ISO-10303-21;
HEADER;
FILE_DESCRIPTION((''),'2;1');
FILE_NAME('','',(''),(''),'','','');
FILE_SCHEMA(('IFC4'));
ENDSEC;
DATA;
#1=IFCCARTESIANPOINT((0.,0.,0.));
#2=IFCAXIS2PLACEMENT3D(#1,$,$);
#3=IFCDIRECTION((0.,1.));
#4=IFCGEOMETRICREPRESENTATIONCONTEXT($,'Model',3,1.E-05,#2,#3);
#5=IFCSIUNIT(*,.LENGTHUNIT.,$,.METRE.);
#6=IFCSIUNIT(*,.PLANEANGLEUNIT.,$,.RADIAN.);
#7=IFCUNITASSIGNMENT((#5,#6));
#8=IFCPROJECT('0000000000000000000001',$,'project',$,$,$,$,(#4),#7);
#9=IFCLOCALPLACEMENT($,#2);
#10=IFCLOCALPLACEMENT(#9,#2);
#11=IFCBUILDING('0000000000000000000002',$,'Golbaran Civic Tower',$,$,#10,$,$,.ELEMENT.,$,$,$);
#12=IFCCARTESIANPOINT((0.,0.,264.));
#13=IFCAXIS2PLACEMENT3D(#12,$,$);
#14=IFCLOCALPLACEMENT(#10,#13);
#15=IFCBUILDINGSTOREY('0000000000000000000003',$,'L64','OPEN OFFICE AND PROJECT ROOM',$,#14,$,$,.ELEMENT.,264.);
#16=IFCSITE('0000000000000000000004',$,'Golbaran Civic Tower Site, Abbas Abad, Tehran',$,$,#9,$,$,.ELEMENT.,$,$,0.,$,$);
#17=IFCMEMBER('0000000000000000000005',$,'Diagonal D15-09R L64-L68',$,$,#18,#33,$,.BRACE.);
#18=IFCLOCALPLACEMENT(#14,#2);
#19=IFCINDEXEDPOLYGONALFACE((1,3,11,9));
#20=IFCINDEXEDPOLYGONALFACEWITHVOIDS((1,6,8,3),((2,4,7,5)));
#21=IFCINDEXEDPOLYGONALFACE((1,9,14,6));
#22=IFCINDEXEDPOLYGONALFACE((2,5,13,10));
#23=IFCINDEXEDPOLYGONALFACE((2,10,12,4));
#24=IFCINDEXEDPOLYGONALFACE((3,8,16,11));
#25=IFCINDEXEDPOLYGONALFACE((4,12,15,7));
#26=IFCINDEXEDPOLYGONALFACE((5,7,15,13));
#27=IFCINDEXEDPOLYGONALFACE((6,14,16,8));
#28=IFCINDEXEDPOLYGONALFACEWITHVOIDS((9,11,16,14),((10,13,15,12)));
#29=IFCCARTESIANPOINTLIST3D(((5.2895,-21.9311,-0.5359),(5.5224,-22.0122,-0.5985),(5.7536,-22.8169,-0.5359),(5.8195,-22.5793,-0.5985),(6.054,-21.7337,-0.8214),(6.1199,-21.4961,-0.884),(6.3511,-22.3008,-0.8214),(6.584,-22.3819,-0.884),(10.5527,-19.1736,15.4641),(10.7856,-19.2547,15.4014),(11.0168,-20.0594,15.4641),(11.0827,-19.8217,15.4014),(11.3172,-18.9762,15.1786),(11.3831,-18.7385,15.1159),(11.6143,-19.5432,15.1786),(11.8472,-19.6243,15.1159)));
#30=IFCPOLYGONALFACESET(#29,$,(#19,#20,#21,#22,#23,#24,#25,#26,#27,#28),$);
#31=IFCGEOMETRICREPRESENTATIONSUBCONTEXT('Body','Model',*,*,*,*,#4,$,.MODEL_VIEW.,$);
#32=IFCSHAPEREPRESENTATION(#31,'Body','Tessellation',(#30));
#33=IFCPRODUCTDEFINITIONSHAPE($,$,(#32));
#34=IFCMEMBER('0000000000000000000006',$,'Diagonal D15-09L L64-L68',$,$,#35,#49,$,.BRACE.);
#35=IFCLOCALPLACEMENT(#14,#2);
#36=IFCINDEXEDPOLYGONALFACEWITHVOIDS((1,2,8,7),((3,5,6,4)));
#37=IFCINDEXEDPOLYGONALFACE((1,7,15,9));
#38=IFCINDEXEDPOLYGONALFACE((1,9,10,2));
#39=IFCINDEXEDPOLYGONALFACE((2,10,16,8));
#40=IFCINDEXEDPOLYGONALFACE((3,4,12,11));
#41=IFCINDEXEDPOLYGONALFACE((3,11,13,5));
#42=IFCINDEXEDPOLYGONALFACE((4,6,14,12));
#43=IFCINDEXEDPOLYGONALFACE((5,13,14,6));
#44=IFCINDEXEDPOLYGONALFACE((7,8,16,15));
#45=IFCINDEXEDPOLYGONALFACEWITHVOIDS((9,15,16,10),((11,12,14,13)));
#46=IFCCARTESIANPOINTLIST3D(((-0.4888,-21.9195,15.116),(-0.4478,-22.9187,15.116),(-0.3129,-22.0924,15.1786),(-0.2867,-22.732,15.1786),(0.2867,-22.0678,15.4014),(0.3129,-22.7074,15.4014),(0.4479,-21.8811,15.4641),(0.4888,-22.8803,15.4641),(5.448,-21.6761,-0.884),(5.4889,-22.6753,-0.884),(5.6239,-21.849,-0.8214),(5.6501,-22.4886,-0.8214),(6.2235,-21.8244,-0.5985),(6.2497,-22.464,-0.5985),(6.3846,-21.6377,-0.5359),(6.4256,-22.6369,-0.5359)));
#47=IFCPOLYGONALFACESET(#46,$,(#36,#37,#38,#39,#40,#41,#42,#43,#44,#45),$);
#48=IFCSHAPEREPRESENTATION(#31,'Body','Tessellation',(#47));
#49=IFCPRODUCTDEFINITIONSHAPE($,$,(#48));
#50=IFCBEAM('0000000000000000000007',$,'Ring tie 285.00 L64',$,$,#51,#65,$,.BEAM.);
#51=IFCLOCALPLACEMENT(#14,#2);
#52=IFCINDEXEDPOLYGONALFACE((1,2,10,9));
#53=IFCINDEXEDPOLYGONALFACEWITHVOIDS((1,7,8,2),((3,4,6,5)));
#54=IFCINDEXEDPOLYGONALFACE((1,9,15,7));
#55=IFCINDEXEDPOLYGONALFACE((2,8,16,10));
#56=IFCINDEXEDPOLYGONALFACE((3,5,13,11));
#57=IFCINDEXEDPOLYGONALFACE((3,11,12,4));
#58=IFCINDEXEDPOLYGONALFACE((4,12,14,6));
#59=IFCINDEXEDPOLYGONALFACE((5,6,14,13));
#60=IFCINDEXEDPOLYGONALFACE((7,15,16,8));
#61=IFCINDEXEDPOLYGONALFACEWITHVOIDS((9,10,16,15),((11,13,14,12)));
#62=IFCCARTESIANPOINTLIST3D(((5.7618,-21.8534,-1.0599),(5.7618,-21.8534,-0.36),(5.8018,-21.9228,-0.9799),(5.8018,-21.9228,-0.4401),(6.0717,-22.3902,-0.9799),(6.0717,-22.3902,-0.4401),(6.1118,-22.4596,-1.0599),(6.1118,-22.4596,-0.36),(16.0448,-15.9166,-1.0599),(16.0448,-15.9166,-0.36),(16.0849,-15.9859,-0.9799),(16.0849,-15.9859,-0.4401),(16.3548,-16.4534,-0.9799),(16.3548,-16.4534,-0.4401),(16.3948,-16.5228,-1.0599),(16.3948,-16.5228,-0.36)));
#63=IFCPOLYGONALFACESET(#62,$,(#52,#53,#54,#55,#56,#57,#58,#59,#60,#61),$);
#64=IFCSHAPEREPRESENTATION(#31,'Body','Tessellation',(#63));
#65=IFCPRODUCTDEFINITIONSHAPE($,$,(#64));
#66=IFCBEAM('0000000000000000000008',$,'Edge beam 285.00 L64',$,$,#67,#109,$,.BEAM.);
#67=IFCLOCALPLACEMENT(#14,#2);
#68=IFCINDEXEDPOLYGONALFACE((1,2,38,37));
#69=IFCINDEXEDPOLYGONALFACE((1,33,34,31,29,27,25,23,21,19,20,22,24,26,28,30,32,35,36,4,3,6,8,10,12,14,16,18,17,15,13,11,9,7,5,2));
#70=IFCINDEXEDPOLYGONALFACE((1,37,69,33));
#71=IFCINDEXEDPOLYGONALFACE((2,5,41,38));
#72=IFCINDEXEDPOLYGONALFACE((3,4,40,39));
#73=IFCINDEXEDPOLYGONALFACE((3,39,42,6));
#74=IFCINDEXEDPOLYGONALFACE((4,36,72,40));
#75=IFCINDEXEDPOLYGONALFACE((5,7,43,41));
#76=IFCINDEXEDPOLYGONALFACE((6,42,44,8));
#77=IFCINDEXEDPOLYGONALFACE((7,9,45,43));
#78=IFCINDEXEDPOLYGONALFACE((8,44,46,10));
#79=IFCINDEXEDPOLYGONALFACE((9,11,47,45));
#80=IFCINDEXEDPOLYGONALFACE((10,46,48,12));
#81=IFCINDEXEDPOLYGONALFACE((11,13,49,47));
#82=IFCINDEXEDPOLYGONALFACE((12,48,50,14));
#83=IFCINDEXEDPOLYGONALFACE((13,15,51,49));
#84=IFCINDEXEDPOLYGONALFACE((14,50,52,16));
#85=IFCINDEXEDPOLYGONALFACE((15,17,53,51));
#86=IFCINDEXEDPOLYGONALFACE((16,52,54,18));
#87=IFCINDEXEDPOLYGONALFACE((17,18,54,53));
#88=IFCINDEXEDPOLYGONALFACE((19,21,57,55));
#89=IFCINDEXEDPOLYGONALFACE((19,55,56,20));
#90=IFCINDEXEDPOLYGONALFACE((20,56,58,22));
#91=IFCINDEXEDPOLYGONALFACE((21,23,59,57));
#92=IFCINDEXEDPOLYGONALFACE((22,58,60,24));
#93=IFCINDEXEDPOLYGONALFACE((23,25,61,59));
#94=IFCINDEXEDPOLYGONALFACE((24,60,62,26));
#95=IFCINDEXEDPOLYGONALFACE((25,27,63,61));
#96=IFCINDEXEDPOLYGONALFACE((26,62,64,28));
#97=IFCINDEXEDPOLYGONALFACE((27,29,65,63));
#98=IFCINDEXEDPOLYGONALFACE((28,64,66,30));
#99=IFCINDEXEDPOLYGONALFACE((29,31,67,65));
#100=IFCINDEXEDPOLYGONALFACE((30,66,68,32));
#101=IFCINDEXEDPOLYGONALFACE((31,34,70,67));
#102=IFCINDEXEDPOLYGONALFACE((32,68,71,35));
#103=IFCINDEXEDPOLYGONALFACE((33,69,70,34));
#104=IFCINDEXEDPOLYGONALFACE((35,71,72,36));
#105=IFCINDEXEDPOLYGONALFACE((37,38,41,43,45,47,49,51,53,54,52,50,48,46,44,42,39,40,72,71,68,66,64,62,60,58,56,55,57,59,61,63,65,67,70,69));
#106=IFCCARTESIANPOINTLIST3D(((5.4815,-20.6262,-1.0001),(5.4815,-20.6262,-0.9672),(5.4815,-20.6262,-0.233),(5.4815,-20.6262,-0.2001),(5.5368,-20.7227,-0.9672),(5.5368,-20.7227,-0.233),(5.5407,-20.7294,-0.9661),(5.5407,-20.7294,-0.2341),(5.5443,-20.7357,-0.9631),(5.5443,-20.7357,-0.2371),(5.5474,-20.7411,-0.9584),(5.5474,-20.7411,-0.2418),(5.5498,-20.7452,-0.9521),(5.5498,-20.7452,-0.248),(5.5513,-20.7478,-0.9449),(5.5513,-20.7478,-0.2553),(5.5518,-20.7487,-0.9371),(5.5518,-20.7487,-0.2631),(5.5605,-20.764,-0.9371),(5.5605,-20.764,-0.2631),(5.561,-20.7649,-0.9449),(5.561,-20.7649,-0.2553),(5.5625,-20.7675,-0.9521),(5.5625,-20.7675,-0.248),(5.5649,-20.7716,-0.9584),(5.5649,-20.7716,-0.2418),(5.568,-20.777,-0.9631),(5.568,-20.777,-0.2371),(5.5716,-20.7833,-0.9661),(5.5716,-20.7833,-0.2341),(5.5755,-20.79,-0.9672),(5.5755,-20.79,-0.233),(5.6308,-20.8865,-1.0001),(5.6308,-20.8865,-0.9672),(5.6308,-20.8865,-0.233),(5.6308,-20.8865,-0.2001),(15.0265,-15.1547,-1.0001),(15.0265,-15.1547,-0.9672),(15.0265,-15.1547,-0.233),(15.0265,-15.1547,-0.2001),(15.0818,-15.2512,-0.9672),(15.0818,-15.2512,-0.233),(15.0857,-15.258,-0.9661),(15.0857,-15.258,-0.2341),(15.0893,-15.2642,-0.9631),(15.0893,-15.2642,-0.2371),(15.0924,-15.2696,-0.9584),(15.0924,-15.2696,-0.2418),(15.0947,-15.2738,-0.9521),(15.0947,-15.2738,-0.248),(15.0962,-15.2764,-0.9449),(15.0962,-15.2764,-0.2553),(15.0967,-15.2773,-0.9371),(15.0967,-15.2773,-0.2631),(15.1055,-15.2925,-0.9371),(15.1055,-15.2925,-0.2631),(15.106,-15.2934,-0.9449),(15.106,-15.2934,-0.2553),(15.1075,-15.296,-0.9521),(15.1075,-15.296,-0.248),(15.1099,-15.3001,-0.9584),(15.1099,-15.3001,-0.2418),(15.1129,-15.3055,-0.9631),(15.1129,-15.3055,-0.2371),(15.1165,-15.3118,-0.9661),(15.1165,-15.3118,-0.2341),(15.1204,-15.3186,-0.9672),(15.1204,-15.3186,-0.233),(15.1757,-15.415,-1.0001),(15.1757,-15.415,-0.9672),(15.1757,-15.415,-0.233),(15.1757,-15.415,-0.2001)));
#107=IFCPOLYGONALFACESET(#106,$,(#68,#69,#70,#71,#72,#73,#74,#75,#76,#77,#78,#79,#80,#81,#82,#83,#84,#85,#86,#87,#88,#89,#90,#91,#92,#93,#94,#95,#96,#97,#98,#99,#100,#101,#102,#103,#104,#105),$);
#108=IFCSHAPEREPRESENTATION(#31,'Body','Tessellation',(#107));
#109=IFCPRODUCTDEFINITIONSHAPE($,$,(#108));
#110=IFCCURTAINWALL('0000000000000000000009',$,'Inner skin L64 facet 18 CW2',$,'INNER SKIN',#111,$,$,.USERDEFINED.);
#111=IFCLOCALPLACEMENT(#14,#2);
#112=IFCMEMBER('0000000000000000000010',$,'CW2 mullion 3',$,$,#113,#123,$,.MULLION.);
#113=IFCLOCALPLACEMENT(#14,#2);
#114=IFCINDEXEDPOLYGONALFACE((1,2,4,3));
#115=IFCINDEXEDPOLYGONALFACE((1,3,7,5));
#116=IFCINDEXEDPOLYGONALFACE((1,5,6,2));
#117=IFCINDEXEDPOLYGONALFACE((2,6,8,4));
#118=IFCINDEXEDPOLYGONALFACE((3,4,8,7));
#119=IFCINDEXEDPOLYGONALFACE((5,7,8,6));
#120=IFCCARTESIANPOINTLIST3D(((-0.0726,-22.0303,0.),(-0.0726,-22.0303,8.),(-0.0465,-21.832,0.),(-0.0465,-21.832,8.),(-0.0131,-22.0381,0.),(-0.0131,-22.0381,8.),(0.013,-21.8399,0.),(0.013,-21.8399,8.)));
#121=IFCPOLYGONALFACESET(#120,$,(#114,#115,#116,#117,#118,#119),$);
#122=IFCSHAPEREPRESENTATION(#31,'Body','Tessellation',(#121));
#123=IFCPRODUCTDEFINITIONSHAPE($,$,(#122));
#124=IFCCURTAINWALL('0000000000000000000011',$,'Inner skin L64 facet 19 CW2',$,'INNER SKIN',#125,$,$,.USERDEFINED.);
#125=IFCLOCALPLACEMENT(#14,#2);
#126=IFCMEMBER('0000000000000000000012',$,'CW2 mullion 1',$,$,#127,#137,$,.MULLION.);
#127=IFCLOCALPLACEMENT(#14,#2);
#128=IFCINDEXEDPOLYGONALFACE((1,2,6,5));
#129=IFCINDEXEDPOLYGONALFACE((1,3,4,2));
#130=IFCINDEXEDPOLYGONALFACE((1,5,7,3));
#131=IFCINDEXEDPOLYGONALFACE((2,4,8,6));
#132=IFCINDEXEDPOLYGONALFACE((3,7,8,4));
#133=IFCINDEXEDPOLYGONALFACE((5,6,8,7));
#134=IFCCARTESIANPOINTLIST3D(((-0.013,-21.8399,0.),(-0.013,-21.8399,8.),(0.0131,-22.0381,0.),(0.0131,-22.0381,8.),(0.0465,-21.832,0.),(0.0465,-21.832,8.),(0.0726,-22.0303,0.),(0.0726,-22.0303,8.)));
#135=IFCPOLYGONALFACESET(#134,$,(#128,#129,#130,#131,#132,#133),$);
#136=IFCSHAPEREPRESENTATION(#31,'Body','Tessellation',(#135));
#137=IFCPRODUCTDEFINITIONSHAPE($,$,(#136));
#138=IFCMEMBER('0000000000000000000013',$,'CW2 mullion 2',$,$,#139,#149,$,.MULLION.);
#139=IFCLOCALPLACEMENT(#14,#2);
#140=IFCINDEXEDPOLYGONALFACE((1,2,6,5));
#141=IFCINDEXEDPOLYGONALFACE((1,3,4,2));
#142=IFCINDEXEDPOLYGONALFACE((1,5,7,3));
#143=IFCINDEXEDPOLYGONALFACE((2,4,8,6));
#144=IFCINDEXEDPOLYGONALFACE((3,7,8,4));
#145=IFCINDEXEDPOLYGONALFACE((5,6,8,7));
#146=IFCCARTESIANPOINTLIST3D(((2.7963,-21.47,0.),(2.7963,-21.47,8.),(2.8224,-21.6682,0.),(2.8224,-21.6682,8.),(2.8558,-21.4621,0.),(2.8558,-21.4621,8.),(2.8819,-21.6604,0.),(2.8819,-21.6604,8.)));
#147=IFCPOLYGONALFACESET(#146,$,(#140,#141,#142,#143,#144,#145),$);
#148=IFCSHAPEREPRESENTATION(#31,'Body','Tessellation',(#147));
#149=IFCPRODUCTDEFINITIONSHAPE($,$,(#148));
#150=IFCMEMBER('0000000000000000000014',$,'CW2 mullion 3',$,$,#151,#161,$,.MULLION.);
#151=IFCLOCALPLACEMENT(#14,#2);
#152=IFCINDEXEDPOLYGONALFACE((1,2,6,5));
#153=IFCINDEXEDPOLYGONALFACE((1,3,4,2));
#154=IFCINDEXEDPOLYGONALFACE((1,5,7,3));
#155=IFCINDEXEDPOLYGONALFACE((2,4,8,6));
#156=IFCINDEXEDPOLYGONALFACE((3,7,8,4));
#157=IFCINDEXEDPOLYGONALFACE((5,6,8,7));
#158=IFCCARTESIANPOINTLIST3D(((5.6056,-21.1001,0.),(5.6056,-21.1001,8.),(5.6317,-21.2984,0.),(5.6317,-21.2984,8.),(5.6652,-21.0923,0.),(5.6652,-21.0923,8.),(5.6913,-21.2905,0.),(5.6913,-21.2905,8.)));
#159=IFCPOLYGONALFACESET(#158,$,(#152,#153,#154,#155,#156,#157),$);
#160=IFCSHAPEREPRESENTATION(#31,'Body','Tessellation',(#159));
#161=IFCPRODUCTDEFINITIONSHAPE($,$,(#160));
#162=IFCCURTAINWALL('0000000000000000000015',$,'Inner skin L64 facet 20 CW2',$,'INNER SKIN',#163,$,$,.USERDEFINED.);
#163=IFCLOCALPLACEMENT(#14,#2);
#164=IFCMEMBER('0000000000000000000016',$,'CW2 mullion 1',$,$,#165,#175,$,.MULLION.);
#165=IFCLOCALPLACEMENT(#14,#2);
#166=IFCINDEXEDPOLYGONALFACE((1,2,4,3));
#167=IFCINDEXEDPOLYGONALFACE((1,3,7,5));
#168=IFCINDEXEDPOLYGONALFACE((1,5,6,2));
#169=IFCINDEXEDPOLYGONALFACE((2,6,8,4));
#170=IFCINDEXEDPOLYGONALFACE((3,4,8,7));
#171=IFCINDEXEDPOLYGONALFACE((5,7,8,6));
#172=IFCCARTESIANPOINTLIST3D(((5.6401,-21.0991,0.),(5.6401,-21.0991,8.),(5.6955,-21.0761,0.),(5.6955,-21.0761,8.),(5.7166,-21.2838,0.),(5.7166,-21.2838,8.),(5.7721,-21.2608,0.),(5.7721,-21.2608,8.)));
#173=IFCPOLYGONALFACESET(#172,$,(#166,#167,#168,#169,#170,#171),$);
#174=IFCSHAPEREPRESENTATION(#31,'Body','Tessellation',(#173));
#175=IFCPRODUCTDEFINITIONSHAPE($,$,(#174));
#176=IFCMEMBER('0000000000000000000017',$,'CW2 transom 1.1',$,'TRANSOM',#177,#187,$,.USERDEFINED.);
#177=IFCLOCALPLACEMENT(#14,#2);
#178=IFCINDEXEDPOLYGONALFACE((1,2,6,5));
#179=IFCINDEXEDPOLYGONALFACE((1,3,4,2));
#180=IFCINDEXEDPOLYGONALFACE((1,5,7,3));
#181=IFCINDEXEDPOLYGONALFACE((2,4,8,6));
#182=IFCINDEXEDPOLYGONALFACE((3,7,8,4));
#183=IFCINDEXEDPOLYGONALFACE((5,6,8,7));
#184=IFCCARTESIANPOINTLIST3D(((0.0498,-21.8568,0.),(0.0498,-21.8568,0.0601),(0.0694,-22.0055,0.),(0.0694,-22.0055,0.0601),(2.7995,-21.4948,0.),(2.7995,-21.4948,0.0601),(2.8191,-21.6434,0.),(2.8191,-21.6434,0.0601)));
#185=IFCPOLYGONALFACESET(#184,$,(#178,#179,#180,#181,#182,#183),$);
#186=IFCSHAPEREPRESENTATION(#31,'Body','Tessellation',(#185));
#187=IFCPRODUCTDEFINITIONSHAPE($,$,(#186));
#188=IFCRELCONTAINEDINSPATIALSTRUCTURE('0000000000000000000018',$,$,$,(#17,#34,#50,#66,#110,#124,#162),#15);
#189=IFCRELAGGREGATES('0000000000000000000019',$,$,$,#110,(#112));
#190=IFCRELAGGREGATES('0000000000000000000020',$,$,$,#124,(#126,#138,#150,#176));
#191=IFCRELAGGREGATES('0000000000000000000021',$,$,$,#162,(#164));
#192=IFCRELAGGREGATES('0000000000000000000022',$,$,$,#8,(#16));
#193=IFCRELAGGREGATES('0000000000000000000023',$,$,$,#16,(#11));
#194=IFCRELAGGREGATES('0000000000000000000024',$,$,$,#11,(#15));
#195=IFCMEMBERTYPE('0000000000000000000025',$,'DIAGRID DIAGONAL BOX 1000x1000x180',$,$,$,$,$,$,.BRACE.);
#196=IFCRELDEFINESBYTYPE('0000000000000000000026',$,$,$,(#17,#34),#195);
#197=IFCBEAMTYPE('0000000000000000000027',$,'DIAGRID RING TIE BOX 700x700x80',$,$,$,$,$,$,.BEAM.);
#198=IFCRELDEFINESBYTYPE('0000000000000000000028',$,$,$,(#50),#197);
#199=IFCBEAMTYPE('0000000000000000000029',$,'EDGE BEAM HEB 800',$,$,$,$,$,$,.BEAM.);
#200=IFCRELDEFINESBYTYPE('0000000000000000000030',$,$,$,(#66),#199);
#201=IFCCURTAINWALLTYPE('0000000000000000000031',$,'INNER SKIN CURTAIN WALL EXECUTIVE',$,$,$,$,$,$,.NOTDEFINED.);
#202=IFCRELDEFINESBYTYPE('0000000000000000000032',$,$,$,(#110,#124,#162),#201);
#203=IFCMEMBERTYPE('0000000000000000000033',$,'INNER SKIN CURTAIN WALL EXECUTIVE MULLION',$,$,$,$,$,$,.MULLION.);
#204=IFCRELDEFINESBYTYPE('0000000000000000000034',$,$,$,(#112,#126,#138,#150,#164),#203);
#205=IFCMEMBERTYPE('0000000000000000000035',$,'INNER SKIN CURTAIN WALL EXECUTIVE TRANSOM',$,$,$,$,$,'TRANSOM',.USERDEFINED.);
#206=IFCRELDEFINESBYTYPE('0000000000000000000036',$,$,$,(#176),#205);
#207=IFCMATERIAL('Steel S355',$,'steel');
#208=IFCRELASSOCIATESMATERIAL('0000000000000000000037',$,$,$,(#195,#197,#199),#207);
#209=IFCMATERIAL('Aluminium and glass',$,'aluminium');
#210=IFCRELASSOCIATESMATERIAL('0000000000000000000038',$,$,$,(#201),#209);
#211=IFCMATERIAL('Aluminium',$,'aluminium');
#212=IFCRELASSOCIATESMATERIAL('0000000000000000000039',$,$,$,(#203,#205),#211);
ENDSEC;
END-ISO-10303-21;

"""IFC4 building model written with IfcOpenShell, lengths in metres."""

from ifc_helpers import new_model, si_unit, direction, frame, origin, origin_2d, place, context, subcontext, project, spatial, rectangle, hollow_rectangle, i_section, extrude, material, material_profile, profile_set, type_object, element, aggregate, save


model = new_model("IFC4")

# Units and contexts
model_context = context("Model", 3, precision=1e-05, world=origin(), true_north=direction((0.0, 1.0)))
body_context = subcontext(model_context, "Body", "Model", "MODEL_VIEW")
ifc_project = project(units=[si_unit("LENGTHUNIT", "METRE"), si_unit("PLANEANGLEUNIT", "RADIAN")], contexts=[model_context])

# Site, building, storey
site_placement = place(None, origin())
site = spatial("IfcSite", under=ifc_project, at=site_placement, Name="Golbaran Civic Tower Site, Abbas Abad, Tehran", CompositionType="ELEMENT", RefElevation=0.0)
building_placement = place(site_placement, origin())
building = spatial("IfcBuilding", under=site, at=building_placement, Name="Golbaran Civic Tower", CompositionType="ELEMENT")
storey_placement = place(building_placement, frame((0.0, 0.0, 264.0)))
storey = spatial("IfcBuildingStorey", under=building, at=storey_placement, Name="L64", Description="OPEN OFFICE AND PROJECT ROOM", CompositionType="ELEMENT", Elevation=264.0)

# Members
ifc_material_1 = material(Name="Steel S355", Category="steel")
ifc_material_profile_1 = material_profile(ifc_material_1, hollow_rectangle(XDim=1.0, YDim=1.0, WallThickness=0.1799, at=origin_2d()), Name="BOX 1000x1000x180")
ifc_profile_set_1 = profile_set([ifc_material_profile_1], Name="Steel S355")
member_type_1 = type_object("IfcMemberType", Name="DIAGRID DIAGONAL BOX 1000x1000x180", PredefinedType="BRACE", material=ifc_profile_set_1)
for number, where, z_axis, x_axis, name in (
    (1, (5.9368, -22.1565, -0.71), (0.308372, 0.161567, 0.937445), (-0.464095, 0.885786, 0.0), "Diagonal D15-09R L64-L68"),
    (2, (5.9368, -22.1565, -0.71), (-0.347838, -0.014261, 0.937446), (0.040966, -0.999161, 0.0), "Diagonal D15-09L L64-L68"),
):
    element("IfcMember", number, at=place(storey_placement, frame(where, z_axis=z_axis, x_axis=x_axis)), inside=storey, type_object=member_type_1, Name=name, PredefinedType="BRACE", context=body_context, shape_type="SweptSolid", body=[
        extrude(hollow_rectangle(XDim=1.0, YDim=1.0, WallThickness=0.1799, at=origin_2d()), origin(), (0.0, 0.0, 1.0), 17.0676),
    ])

# Beams
ifc_material_profile_2 = material_profile(ifc_material_1, hollow_rectangle(XDim=0.7, YDim=0.7, WallThickness=0.0801, at=origin_2d()), Name="BOX 700x700x80")
ifc_profile_set_2 = profile_set([ifc_material_profile_2], Name="Steel S355")
beam_type_1 = type_object("IfcBeamType", Name="DIAGRID RING TIE BOX 700x700x80", PredefinedType="BEAM", material=ifc_profile_set_2)
beam_1_placement = place(storey_placement, frame((5.9368, -22.1565, -0.71), z_axis=(0.866029, 0.499994, 0.0), x_axis=(-0.499994, 0.866029, 0.0)))
element("IfcBeam", 3, at=beam_1_placement, inside=storey, type_object=beam_type_1, Name="Ring tie 285.00 L64", PredefinedType="BEAM", context=body_context, shape_type="SweptSolid", body=[
    extrude(hollow_rectangle(XDim=0.7, YDim=0.7, WallThickness=0.0801, at=origin_2d()), origin(), (0.0, 0.0, 1.0), 11.8738),
])
ifc_material_profile_3 = material_profile(ifc_material_1, i_section(OverallWidth=0.3, OverallDepth=0.8, WebThickness=0.0176, FlangeThickness=0.033, FilletRadius=0.03, at=origin_2d()), Name="HEB 800")
ifc_profile_set_3 = profile_set([ifc_material_profile_3], Name="Steel S355")
beam_type_2 = type_object("IfcBeamType", Name="EDGE BEAM HEB 800", PredefinedType="BEAM", material=ifc_profile_set_3)
beam_2_placement = place(storey_placement, frame((5.5562, -20.7563, -0.6001), z_axis=(0.867569, 0.497317, 0.0), x_axis=(-0.497317, 0.867569, 0.0)))
element("IfcBeam", 4, at=beam_2_placement, inside=storey, type_object=beam_type_2, Name="Edge beam 285.00 L64", PredefinedType="BEAM", context=body_context, shape_type="SweptSolid", body=[
    extrude(i_section(OverallWidth=0.3, OverallDepth=0.8, WebThickness=0.0176, FlangeThickness=0.033, FilletRadius=0.03, at=origin_2d()), origin(), (0.0, 0.0, 1.0), 11.002),
])

# Curtain wall, member
ifc_material_2 = material(Name="Aluminium and glass", Category="aluminium")
curtain_wall_type_1 = type_object("IfcCurtainWallType", Name="INNER SKIN CURTAIN WALL EXECUTIVE", PredefinedType="NOTDEFINED", material=ifc_material_2)
curtain_wall_1_placement = place(storey_placement, origin())
curtain_wall_1 = element("IfcCurtainWall", 5, at=curtain_wall_1_placement, inside=storey, type_object=curtain_wall_type_1, Name="Inner skin L64 facet 18 CW2", ObjectType="INNER SKIN", PredefinedType="USERDEFINED")
ifc_material_3 = material(Name="Aluminium", Category="aluminium")
ifc_material_profile_4 = material_profile(ifc_material_3, rectangle(XDim=0.2, YDim=0.0601, at=origin_2d()), Name="INNER SKIN CURTAIN WALL EXECUTIVE MULLION")
ifc_profile_set_4 = profile_set([ifc_material_profile_4], Name="Aluminium")
member_type_2 = type_object("IfcMemberType", Name="INNER SKIN CURTAIN WALL EXECUTIVE MULLION", PredefinedType="MULLION", material=ifc_profile_set_4)
member_1_placement = place(storey_placement, frame((-0.0298, -21.9351, 0.0), z_axis=(0.0, 0.0, 1.0), x_axis=(0.130526, 0.991445, 0.0)))
member_1 = element("IfcMember", 6, at=member_1_placement, type_object=member_type_2, Name="CW2 mullion 3", PredefinedType="MULLION", context=body_context, shape_type="SweptSolid", body=[
    extrude(rectangle(XDim=0.2, YDim=0.0601, at=origin_2d()), origin(), (0.0, 0.0, 1.0), 8.0),
])
aggregate(curtain_wall_1, [member_1])

# Curtain wall, members
curtain_wall_2_placement = place(storey_placement, origin())
curtain_wall_2 = element("IfcCurtainWall", 7, at=curtain_wall_2_placement, inside=storey, type_object=curtain_wall_type_1, Name="Inner skin L64 facet 19 CW2", ObjectType="INNER SKIN", PredefinedType="USERDEFINED")
member_2_placement = place(storey_placement, frame((0.0298, -21.9351, 0.0), z_axis=(0.0, 0.0, 1.0), x_axis=(-0.130526, 0.991445, 0.0)))
member_2 = element("IfcMember", 8, at=member_2_placement, type_object=member_type_2, Name="CW2 mullion 1", PredefinedType="MULLION", context=body_context, shape_type="SweptSolid", body=[
    extrude(rectangle(XDim=0.2, YDim=0.0601, at=origin_2d()), origin(), (0.0, 0.0, 1.0), 8.0),
])
member_3_placement = place(storey_placement, frame((2.8391, -21.5652, 0.0), z_axis=(0.0, 0.0, 1.0), x_axis=(-0.130526, 0.991445, 0.0)))
member_3 = element("IfcMember", 9, at=member_3_placement, type_object=member_type_2, Name="CW2 mullion 2", PredefinedType="MULLION", context=body_context, shape_type="SweptSolid", body=[
    extrude(rectangle(XDim=0.2, YDim=0.0601, at=origin_2d()), origin(), (0.0, 0.0, 1.0), 8.0),
])
member_4_placement = place(storey_placement, frame((5.6484, -21.1953, 0.0), z_axis=(0.0, 0.0, 1.0), x_axis=(-0.130526, 0.991445, 0.0)))
member_4 = element("IfcMember", 10, at=member_4_placement, type_object=member_type_2, Name="CW2 mullion 3", PredefinedType="MULLION", context=body_context, shape_type="SweptSolid", body=[
    extrude(rectangle(XDim=0.2, YDim=0.0601, at=origin_2d()), origin(), (0.0, 0.0, 1.0), 8.0),
])

# Curtain wall, member
curtain_wall_3_placement = place(storey_placement, origin())
curtain_wall_3 = element("IfcCurtainWall", 11, at=curtain_wall_3_placement, inside=storey, type_object=curtain_wall_type_1, Name="Inner skin L64 facet 20 CW2", ObjectType="INNER SKIN", PredefinedType="USERDEFINED")
member_5_placement = place(storey_placement, frame((5.7061, -21.1799, 0.0), z_axis=(0.0, 0.0, 1.0), x_axis=(-0.382683, 0.92388, 0.0)))
member_5 = element("IfcMember", 12, at=member_5_placement, type_object=member_type_2, Name="CW2 mullion 1", PredefinedType="MULLION", context=body_context, shape_type="SweptSolid", body=[
    extrude(rectangle(XDim=0.2, YDim=0.0601, at=origin_2d()), origin(), (0.0, 0.0, 1.0), 8.0),
])

# Member
ifc_material_profile_5 = material_profile(ifc_material_3, rectangle(XDim=0.1499, YDim=0.0601, at=origin_2d()), Name="INNER SKIN CURTAIN WALL EXECUTIVE TRANSOM")
ifc_profile_set_5 = profile_set([ifc_material_profile_5], Name="Aluminium")
member_type_3 = type_object("IfcMemberType", Name="INNER SKIN CURTAIN WALL EXECUTIVE TRANSOM", ElementType="TRANSOM", PredefinedType="USERDEFINED", material=ifc_profile_set_5)
member_6_placement = place(storey_placement, frame((0.0596, -21.9312, 0.03), z_axis=(0.991443, 0.130543, 0.0), x_axis=(-0.130543, 0.991443, 0.0)))
member_6 = element("IfcMember", 13, at=member_6_placement, type_object=member_type_3, Name="CW2 transom 1.1", ObjectType="TRANSOM", PredefinedType="USERDEFINED", context=body_context, shape_type="SweptSolid", body=[
    extrude(rectangle(XDim=0.1499, YDim=0.0601, at=origin_2d()), origin(), (0.0, 0.0, 1.0), 2.7734),
])

aggregate(curtain_wall_2, [member_2, member_3, member_4, member_6])
aggregate(curtain_wall_3, [member_5])

save(model, "model.ifc")
